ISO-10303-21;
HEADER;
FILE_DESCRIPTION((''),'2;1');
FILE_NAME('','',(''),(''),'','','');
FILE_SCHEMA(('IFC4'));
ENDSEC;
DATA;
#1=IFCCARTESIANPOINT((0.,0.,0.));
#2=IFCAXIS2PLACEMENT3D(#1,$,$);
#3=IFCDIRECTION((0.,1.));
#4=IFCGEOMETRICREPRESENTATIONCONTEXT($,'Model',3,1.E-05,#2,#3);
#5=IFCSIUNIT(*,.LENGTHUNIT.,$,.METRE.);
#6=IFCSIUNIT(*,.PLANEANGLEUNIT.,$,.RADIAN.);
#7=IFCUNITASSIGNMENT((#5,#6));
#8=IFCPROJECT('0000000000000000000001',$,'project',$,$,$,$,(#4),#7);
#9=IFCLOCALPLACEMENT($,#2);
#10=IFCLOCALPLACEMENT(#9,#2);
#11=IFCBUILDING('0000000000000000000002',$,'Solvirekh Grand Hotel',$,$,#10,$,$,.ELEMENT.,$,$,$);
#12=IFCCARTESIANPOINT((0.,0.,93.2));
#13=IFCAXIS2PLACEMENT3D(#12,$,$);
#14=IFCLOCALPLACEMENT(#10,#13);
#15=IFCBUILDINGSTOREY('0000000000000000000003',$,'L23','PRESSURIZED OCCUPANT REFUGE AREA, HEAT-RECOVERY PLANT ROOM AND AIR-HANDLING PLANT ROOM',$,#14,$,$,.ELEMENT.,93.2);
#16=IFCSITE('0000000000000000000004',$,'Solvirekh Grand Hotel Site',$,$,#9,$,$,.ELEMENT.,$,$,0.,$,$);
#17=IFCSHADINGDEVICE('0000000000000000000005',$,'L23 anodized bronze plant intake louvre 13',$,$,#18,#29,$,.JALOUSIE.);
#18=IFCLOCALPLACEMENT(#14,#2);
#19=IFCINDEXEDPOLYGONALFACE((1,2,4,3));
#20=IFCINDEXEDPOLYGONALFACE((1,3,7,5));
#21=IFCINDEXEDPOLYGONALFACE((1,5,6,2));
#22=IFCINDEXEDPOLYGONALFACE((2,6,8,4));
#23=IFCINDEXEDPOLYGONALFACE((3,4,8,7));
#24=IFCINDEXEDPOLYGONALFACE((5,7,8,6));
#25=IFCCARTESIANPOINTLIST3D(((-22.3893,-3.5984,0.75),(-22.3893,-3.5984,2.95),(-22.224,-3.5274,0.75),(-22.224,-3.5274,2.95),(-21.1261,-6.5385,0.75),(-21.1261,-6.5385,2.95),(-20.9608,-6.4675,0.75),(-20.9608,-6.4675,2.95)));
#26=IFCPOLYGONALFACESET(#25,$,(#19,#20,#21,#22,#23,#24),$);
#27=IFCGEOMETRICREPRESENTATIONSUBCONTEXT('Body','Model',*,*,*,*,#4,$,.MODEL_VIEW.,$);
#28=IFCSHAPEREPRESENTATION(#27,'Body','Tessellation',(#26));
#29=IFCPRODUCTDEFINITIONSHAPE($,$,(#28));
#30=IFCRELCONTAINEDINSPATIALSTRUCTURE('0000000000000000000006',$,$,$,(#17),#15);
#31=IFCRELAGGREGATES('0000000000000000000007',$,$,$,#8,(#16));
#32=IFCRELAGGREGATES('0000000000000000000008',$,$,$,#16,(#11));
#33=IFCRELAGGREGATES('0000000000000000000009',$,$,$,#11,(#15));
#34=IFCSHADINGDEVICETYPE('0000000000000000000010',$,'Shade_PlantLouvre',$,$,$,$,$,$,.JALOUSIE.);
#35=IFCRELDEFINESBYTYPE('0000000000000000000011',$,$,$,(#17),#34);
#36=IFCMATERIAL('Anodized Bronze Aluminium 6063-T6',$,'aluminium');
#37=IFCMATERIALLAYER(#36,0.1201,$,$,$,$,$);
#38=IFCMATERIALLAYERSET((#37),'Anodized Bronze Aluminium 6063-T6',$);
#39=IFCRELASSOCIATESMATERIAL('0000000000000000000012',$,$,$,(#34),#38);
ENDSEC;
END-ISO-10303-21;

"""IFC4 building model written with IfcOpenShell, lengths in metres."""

from ifc_helpers import new_model, si_unit, direction, frame, origin, origin_2d, place, context, subcontext, project, spatial, rectangle, extrude, material, layer, layer_set, type_object, element, save


model = new_model("IFC4")

# Units and contexts
model_context = context("Model", 3, precision=1e-05, world=origin(), true_north=direction((0.0, 1.0)))
body_context = subcontext(model_context, "Body", "Model", "MODEL_VIEW")
ifc_project = project(units=[si_unit("LENGTHUNIT", "METRE"), si_unit("PLANEANGLEUNIT", "RADIAN")], contexts=[model_context])

# Site, building, storey
site_placement = place(None, origin())
site = spatial("IfcSite", under=ifc_project, at=site_placement, Name="Solvirekh Grand Hotel Site", CompositionType="ELEMENT", RefElevation=0.0)
building_placement = place(site_placement, origin())
building = spatial("IfcBuilding", under=site, at=building_placement, Name="Solvirekh Grand Hotel", CompositionType="ELEMENT")
storey_placement = place(building_placement, frame((0.0, 0.0, 93.2)))
storey = spatial("IfcBuildingStorey", under=building, at=storey_placement, Name="L23", Description="PRESSURIZED OCCUPANT REFUGE AREA, HEAT-RECOVERY PLANT ROOM AND AIR-HANDLING PLANT ROOM", CompositionType="ELEMENT", Elevation=93.2)

# Shared definitions
ifc_material_1 = material(Name="Anodized Bronze Aluminium 6063-T6", Category="aluminium")

# Shading device
ifc_layer_1 = layer(ifc_material_1, 0.1201)
ifc_layer_set_1 = layer_set([ifc_layer_1], Name="Anodized Bronze Aluminium 6063-T6")
shading_device_type = type_object("IfcShadingDeviceType", Name="Shade_PlantLouvre", PredefinedType="JALOUSIE", material=ifc_layer_set_1)
shading_device_placement = place(storey_placement, frame((-21.675, -5.033, 0.75), z_axis=(0.0, 0.0, 1.0), x_axis=(-0.394744, 0.918791, 0.0)))
element("IfcShadingDevice", 1, at=shading_device_placement, inside=storey, type_object=shading_device_type, Name="L23 anodized bronze plant intake louvre 13", PredefinedType="JALOUSIE", context=body_context, shape_type="SweptSolid", body=[
    extrude(rectangle(XDim=3.2, YDim=0.1799, at=origin_2d()), origin(), (0.0, 0.0, 1.0), 2.2),
])

save(model, "model.ifc")
